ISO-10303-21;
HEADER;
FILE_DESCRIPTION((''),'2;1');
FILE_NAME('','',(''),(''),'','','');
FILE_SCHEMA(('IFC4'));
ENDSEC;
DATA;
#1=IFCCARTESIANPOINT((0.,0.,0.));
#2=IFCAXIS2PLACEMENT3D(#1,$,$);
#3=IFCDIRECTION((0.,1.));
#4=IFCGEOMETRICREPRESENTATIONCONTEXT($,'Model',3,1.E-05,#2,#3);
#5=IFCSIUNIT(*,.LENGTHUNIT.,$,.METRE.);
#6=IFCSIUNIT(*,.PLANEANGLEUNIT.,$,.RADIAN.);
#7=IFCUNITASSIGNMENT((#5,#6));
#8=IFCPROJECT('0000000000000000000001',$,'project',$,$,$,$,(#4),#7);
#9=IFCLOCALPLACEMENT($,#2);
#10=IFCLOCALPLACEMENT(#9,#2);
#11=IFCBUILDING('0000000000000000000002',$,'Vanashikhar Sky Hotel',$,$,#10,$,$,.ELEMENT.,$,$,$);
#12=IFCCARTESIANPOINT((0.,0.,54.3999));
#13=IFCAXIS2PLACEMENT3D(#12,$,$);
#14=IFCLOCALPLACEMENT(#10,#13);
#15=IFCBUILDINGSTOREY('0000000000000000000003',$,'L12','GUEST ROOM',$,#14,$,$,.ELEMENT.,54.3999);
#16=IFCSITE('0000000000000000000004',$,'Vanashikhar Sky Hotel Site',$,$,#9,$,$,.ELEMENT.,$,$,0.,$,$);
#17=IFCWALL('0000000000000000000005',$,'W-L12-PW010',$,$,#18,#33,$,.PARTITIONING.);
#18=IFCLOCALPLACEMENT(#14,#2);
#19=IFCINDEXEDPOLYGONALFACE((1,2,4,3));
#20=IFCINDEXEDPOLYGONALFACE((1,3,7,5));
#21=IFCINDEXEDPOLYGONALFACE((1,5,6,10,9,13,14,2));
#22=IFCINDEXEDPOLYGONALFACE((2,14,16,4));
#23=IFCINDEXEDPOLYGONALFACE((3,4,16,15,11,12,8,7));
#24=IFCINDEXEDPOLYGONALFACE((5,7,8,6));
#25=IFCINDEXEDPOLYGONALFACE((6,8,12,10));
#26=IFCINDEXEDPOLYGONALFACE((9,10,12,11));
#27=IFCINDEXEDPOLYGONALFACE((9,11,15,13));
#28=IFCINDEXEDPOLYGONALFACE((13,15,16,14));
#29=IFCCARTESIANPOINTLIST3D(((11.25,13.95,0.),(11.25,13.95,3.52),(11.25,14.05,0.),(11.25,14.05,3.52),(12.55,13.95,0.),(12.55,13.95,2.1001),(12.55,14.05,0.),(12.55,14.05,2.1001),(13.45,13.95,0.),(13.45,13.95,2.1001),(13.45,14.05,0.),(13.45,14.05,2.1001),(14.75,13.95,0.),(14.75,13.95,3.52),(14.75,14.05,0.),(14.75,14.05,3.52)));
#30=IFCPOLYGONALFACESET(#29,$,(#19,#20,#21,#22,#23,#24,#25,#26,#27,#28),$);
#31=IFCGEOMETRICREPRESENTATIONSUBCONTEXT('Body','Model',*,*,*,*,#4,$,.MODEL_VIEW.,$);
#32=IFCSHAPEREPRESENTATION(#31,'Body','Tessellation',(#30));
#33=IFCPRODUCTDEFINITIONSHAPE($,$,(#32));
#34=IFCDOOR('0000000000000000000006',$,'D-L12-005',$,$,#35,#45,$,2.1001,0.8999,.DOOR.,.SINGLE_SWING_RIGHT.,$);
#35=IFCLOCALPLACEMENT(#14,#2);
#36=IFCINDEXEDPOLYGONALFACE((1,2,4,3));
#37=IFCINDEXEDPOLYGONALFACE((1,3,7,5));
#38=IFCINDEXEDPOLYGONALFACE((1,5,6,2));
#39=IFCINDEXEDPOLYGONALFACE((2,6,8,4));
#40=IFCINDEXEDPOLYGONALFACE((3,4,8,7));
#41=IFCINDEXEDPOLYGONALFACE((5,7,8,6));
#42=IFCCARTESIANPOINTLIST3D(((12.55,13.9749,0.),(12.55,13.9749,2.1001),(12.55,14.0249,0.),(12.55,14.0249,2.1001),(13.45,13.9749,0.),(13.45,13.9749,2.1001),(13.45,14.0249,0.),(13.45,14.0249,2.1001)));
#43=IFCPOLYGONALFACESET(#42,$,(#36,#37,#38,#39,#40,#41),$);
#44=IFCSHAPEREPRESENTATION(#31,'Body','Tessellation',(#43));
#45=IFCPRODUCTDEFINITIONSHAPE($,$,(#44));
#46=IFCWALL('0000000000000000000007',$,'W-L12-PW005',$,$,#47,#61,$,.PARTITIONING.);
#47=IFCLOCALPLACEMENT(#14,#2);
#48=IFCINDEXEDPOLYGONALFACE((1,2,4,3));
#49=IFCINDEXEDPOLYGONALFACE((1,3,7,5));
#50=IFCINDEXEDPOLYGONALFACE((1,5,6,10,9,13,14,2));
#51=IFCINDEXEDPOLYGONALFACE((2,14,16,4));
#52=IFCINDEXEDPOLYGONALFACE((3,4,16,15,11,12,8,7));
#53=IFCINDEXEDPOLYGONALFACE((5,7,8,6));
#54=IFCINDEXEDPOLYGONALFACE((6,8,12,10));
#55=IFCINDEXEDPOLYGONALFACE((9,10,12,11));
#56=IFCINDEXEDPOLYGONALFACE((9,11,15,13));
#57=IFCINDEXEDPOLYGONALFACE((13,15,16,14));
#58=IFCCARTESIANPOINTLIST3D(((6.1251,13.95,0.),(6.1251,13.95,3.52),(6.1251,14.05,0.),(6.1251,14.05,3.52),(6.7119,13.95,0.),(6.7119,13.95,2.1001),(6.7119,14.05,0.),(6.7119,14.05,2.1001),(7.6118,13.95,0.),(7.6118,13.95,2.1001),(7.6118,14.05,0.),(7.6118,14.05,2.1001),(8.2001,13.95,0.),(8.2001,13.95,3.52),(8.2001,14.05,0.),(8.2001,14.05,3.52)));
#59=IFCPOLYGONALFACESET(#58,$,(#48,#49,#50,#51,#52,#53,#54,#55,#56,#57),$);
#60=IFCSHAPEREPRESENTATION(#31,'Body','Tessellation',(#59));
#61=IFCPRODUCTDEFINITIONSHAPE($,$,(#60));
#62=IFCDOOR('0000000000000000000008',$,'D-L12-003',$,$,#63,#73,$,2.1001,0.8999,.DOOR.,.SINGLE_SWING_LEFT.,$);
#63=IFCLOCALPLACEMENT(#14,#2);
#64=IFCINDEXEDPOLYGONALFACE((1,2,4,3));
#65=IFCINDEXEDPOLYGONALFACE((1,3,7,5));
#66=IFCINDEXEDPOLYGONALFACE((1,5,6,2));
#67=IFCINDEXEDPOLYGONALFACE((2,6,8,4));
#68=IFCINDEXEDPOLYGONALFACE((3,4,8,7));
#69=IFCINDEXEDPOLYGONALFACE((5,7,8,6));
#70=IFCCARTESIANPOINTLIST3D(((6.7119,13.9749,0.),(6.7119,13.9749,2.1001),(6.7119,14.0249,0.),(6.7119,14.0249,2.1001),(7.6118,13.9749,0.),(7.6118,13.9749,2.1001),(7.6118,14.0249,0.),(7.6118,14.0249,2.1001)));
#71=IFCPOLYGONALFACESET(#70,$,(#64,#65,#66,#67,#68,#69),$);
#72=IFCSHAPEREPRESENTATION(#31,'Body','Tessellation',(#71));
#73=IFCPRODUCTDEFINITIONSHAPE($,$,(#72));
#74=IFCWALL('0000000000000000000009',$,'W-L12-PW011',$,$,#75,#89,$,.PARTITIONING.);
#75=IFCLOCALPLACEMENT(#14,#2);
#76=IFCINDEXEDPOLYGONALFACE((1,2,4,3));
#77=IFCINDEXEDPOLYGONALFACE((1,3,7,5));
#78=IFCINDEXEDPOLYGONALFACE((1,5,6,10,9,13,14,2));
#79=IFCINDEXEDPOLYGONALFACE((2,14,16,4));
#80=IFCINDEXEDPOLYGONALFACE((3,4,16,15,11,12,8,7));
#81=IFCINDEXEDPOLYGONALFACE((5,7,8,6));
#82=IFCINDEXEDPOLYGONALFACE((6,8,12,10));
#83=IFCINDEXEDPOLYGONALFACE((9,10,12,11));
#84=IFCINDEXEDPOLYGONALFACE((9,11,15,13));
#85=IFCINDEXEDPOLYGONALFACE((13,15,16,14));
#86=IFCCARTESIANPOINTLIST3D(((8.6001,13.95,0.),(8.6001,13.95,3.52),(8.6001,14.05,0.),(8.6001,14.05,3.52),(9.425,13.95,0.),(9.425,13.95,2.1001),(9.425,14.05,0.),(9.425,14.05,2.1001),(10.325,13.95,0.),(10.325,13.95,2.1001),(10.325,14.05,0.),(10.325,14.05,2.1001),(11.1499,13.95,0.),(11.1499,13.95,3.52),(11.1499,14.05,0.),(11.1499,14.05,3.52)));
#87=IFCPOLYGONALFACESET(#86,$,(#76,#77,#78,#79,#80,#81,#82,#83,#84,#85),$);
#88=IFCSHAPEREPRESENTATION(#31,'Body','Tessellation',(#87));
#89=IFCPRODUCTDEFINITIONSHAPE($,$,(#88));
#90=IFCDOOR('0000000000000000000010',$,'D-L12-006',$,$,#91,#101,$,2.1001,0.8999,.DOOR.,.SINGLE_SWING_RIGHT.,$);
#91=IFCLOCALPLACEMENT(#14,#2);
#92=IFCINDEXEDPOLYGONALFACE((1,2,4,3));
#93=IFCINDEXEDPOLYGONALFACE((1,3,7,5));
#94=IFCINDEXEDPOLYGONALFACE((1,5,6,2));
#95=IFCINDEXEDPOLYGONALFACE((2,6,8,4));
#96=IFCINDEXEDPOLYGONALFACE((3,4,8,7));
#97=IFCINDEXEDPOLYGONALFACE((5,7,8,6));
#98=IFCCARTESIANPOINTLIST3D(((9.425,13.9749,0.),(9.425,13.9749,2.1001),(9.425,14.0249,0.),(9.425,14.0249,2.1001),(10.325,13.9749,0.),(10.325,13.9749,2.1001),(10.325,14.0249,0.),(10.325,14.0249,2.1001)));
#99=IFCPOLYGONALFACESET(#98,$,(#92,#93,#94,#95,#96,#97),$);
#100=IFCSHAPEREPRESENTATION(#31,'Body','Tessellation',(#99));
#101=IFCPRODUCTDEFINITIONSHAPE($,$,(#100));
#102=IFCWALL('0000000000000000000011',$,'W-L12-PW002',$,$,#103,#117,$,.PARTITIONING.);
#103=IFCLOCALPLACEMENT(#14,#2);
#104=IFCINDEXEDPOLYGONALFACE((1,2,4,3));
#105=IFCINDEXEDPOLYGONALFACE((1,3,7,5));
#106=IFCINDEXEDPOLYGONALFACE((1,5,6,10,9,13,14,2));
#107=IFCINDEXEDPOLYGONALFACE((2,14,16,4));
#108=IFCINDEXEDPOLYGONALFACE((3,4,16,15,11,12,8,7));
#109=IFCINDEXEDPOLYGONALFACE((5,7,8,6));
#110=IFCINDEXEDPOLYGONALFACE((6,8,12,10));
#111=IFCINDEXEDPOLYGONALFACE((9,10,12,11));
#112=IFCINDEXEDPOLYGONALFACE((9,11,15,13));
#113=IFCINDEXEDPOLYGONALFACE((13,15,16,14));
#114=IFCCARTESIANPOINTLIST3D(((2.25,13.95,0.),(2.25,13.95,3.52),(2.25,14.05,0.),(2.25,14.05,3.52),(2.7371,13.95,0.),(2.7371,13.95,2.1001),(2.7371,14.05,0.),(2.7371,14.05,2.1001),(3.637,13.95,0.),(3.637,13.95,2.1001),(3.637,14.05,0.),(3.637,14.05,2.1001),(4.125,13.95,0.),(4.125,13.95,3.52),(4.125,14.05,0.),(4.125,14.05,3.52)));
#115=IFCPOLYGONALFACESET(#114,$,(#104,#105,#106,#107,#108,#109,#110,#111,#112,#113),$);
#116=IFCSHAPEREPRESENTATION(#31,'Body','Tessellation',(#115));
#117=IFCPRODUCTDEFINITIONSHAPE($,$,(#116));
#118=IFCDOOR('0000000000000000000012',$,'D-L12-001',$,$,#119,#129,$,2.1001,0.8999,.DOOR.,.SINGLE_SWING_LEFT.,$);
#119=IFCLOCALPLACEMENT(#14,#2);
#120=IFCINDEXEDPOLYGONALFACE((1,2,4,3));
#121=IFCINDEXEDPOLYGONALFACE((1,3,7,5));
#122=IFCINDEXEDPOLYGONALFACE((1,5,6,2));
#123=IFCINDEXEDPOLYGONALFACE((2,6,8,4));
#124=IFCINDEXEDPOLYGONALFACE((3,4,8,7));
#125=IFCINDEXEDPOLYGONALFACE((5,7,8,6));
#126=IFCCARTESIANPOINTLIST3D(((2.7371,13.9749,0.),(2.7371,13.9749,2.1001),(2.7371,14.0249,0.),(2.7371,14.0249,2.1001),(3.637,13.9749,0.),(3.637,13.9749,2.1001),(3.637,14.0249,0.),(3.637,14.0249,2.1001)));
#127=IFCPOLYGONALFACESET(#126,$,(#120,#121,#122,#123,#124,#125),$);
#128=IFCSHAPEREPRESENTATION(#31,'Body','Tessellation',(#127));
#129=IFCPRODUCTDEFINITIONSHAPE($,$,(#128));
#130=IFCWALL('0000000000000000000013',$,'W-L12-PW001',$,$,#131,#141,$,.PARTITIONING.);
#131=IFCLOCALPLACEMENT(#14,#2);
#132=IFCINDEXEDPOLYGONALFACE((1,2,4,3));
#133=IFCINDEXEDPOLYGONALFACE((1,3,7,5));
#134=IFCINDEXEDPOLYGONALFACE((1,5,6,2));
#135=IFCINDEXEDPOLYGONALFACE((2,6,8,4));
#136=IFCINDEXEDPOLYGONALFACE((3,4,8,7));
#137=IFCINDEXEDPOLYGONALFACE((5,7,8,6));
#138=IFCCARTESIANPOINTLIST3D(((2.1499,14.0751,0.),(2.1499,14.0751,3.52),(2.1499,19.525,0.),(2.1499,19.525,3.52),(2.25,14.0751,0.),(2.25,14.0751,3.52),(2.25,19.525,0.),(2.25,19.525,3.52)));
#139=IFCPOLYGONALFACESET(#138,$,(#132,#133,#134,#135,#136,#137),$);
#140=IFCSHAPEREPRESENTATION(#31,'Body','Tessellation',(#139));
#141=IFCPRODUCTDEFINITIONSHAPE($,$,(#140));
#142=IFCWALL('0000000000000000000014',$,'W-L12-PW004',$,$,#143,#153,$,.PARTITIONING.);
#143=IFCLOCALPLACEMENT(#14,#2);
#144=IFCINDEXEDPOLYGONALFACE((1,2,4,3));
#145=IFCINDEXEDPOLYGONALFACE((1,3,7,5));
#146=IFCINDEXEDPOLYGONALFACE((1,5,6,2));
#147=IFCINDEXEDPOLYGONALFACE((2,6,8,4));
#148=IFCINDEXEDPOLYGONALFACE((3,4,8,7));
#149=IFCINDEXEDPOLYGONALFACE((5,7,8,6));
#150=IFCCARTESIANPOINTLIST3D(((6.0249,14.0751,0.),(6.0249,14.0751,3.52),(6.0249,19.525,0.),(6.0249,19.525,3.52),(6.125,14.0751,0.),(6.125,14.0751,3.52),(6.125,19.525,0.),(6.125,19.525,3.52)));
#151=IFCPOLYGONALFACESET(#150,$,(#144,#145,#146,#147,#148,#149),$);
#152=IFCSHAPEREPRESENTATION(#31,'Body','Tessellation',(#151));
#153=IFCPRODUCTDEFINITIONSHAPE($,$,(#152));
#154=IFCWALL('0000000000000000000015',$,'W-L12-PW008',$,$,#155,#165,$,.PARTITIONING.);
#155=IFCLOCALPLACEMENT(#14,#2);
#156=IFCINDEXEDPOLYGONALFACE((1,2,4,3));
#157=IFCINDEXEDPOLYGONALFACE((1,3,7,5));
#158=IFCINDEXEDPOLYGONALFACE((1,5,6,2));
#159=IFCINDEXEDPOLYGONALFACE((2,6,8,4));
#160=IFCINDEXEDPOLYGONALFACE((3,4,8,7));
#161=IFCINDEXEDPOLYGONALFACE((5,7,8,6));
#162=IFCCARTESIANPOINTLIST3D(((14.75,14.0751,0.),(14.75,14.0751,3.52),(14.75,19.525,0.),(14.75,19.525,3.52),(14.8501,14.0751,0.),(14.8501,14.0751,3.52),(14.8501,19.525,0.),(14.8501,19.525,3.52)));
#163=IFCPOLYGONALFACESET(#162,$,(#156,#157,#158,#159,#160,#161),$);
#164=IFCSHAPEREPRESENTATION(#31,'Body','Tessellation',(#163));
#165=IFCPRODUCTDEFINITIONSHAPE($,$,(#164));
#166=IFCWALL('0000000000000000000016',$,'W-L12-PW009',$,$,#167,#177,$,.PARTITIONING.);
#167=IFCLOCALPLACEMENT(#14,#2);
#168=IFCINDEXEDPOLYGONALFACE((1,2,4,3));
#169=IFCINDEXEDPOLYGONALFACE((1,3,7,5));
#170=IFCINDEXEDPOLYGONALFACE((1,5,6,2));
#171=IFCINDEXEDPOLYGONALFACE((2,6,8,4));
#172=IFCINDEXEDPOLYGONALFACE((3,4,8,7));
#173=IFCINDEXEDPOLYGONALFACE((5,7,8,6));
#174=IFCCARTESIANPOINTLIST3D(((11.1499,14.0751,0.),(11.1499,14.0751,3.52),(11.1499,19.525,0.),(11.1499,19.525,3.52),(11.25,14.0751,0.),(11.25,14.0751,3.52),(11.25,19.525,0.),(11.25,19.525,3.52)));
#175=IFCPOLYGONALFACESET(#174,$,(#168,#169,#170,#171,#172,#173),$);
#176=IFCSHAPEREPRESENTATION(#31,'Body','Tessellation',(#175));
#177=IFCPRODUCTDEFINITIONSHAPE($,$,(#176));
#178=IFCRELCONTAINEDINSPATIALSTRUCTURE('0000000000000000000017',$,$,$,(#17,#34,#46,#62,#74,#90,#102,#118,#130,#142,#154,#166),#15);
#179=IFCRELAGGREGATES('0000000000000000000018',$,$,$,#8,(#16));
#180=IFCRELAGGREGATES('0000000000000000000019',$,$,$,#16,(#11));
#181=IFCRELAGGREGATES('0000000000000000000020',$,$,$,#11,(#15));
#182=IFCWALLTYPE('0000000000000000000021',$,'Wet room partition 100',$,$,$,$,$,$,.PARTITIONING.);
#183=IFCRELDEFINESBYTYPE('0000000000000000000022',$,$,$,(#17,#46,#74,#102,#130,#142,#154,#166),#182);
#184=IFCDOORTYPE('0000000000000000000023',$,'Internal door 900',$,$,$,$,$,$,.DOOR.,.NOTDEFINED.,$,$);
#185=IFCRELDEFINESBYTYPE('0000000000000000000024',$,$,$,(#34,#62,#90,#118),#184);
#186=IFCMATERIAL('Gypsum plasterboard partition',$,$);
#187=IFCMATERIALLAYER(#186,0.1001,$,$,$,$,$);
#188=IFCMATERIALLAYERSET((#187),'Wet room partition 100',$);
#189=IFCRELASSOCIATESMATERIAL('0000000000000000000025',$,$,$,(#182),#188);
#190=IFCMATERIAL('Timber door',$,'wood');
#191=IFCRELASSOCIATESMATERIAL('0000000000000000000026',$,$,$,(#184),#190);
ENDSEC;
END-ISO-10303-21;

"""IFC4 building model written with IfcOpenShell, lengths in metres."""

from ifc_helpers import new_model, si_unit, direction, frame, frame_2d, origin, place, context, subcontext, project, spatial, rectangle, extrude, source, transform, mapped, material, layer, layer_set, type_object, element, fill, save


model = new_model("IFC4")

# Units and contexts
model_context = context("Model", 3, precision=1e-05, world=origin(), true_north=direction((0.0, 1.0)))
body_context = subcontext(model_context, "Body", "Model", "MODEL_VIEW")
ifc_project = project(units=[si_unit("LENGTHUNIT", "METRE"), si_unit("PLANEANGLEUNIT", "RADIAN")], contexts=[model_context])

# Site, building, storey
site_placement = place(None, origin())
site = spatial("IfcSite", under=ifc_project, at=site_placement, Name="Vanashikhar Sky Hotel Site", CompositionType="ELEMENT", RefElevation=0.0)
building_placement = place(site_placement, origin())
building = spatial("IfcBuilding", under=site, at=building_placement, Name="Vanashikhar Sky Hotel", CompositionType="ELEMENT")
storey_placement = place(building_placement, frame((0.0, 0.0, 54.3999)))
storey = spatial("IfcBuildingStorey", under=building, at=storey_placement, Name="L12", Description="GUEST ROOM", CompositionType="ELEMENT", Elevation=54.3999)

# Shared definitions
ifc_material_1 = material(Name="Gypsum plasterboard partition")

# Walls, openings, doors
ifc_layer_1 = layer(ifc_material_1, 0.1001)
ifc_layer_set_1 = layer_set([ifc_layer_1], Name="Wet room partition 100")
wall_type_1 = type_object("IfcWallType", Name="Wet room partition 100", PredefinedType="PARTITIONING", material=ifc_layer_set_1)
shared_shape_1 = source(origin(), body_context, "Body", "SweptSolid", [
    extrude(rectangle(XDim=3.5, YDim=0.1001, at=frame_2d((1.75, 0.0))), origin(), (0.0, 0.0, 1.0), 3.52),
])
wall_1_placement = place(storey_placement, frame((11.25, 14.0, 0.0), z_axis=(0.0, 0.0, 1.0), x_axis=(1.0, 0.0, 0.0)))
wall_1 = element("IfcWall", 1, at=wall_1_placement, inside=storey, type_object=wall_type_1, Name="W-L12-PW010", PredefinedType="PARTITIONING", context=body_context, shape_type="MappedRepresentation", body=[
    mapped(shared_shape_1, transform((0.0, 0.0, 0.0), scale=1.0)),
])
shared_shape_2 = source(origin(), body_context, "Body", "SweptSolid", [
    extrude(rectangle(XDim=0.8999, YDim=2.1001, at=frame_2d((0.45, 1.05))), frame((0.0, 0.0601, 0.0), z_axis=(0.0, -1.0, 0.0), x_axis=(1.0, 0.0, 0.0)), (0.0, 0.0, 1.0), 0.1201),
])
opening_1_placement = place(wall_1_placement, frame((1.3, 0.0, 0.0)))
opening_1 = element("IfcOpeningElement", 2, at=opening_1_placement, cuts=wall_1, PredefinedType="OPENING", context=body_context, shape_type="MappedRepresentation", body=[
    mapped(shared_shape_2, transform((0.0, 0.0, 0.0), scale=1.0)),
])
ifc_material_2 = material(Name="Timber door", Category="wood")
door_type = type_object("IfcDoorType", Name="Internal door 900", OperationType="NOTDEFINED", PredefinedType="DOOR", material=ifc_material_2)
shared_shape_3 = source(origin(), body_context, "Body", "SweptSolid", [
    extrude(rectangle(XDim=0.8999, YDim=2.1001, at=frame_2d((0.45, 1.05))), frame((0.0, 0.0249, 0.0), z_axis=(0.0, -1.0, 0.0), x_axis=(1.0, 0.0, 0.0)), (0.0, 0.0, 1.0), 0.05),
])
door_1_placement = place(opening_1_placement, origin())
door_1 = element("IfcDoor", 3, at=door_1_placement, inside=storey, type_object=door_type, Name="D-L12-005", OperationType="SINGLE_SWING_RIGHT", OverallHeight=2.1001, OverallWidth=0.8999, PredefinedType="DOOR", context=body_context, shape_type="MappedRepresentation", body=[
    mapped(shared_shape_3, transform((0.0, 0.0, 0.0), scale=1.0)),
])
fill(opening_1, door_1)
shared_shape_4 = source(origin(), body_context, "Body", "SweptSolid", [
    extrude(rectangle(XDim=2.075, YDim=0.1001, at=frame_2d((1.0376, 0.0))), origin(), (0.0, 0.0, 1.0), 3.52),
])
wall_2_placement = place(storey_placement, frame((6.125, 14.0, 0.0), z_axis=(0.0, 0.0, 1.0), x_axis=(1.0, 0.0, 0.0)))
wall_2 = element("IfcWall", 4, at=wall_2_placement, inside=storey, type_object=wall_type_1, Name="W-L12-PW005", PredefinedType="PARTITIONING", context=body_context, shape_type="MappedRepresentation", body=[
    mapped(shared_shape_4, transform((0.0, 0.0, 0.0), scale=1.0)),
])
opening_2_placement = place(wall_2_placement, frame((0.5869, 0.0, 0.0)))
opening_2 = element("IfcOpeningElement", 5, at=opening_2_placement, cuts=wall_2, PredefinedType="OPENING", context=body_context, shape_type="MappedRepresentation", body=[
    mapped(shared_shape_2, transform((0.0, 0.0, 0.0), scale=1.0)),
])
door_2_placement = place(opening_2_placement, origin())
door_2 = element("IfcDoor", 6, at=door_2_placement, inside=storey, type_object=door_type, Name="D-L12-003", OperationType="SINGLE_SWING_LEFT", OverallHeight=2.1001, OverallWidth=0.8999, PredefinedType="DOOR", context=body_context, shape_type="MappedRepresentation", body=[
    mapped(shared_shape_3, transform((0.0, 0.0, 0.0), scale=1.0)),
])
fill(opening_2, door_2)
shared_shape_5 = source(origin(), body_context, "Body", "SweptSolid", [
    extrude(rectangle(XDim=2.5498, YDim=0.1001, at=frame_2d((1.2749, 0.0))), origin(), (0.0, 0.0, 1.0), 3.52),
])
wall_3_placement = place(storey_placement, frame((8.6001, 14.0, 0.0), z_axis=(0.0, 0.0, 1.0), x_axis=(1.0, 0.0, 0.0)))
wall_3 = element("IfcWall", 7, at=wall_3_placement, inside=storey, type_object=wall_type_1, Name="W-L12-PW011", PredefinedType="PARTITIONING", context=body_context, shape_type="MappedRepresentation", body=[
    mapped(shared_shape_5, transform((0.0, 0.0, 0.0), scale=1.0)),
])
opening_3_placement = place(wall_3_placement, frame((0.825, 0.0, 0.0)))
opening_3 = element("IfcOpeningElement", 8, at=opening_3_placement, cuts=wall_3, PredefinedType="OPENING", context=body_context, shape_type="MappedRepresentation", body=[
    mapped(shared_shape_2, transform((0.0, 0.0, 0.0), scale=1.0)),
])
door_3_placement = place(opening_3_placement, origin())
door_3 = element("IfcDoor", 9, at=door_3_placement, inside=storey, type_object=door_type, Name="D-L12-006", OperationType="SINGLE_SWING_RIGHT", OverallHeight=2.1001, OverallWidth=0.8999, PredefinedType="DOOR", context=body_context, shape_type="MappedRepresentation", body=[
    mapped(shared_shape_3, transform((0.0, 0.0, 0.0), scale=1.0)),
])
fill(opening_3, door_3)
shared_shape_6 = source(origin(), body_context, "Body", "SweptSolid", [
    extrude(rectangle(XDim=1.875, YDim=0.1001, at=frame_2d((0.9375, 0.0))), origin(), (0.0, 0.0, 1.0), 3.52),
])
wall_4_placement = place(storey_placement, frame((2.25, 14.0, 0.0), z_axis=(0.0, 0.0, 1.0), x_axis=(1.0, 0.0, 0.0)))
wall_4 = element("IfcWall", 10, at=wall_4_placement, inside=storey, type_object=wall_type_1, Name="W-L12-PW002", PredefinedType="PARTITIONING", context=body_context, shape_type="MappedRepresentation", body=[
    mapped(shared_shape_6, transform((0.0, 0.0, 0.0), scale=1.0)),
])
opening_4_placement = place(wall_4_placement, frame((0.4871, 0.0, 0.0)))
opening_4 = element("IfcOpeningElement", 11, at=opening_4_placement, cuts=wall_4, PredefinedType="OPENING", context=body_context, shape_type="MappedRepresentation", body=[
    mapped(shared_shape_2, transform((0.0, 0.0, 0.0), scale=1.0)),
])
door_4_placement = place(opening_4_placement, origin())
door_4 = element("IfcDoor", 12, at=door_4_placement, inside=storey, type_object=door_type, Name="D-L12-001", OperationType="SINGLE_SWING_LEFT", OverallHeight=2.1001, OverallWidth=0.8999, PredefinedType="DOOR", context=body_context, shape_type="MappedRepresentation", body=[
    mapped(shared_shape_3, transform((0.0, 0.0, 0.0), scale=1.0)),
])
fill(opening_4, door_4)

# Walls
shared_shape_7 = source(origin(), body_context, "Body", "SweptSolid", [
    extrude(rectangle(XDim=5.45, YDim=0.1001, at=frame_2d((2.7251, 0.0))), origin(), (0.0, 0.0, 1.0), 3.52),
])
for number, where, z_axis, x_axis, name in (
    (13, (2.2, 14.075, 0.0), (0.0, 0.0, 1.0), (0.0, 1.0, 0.0), "W-L12-PW001"),
    (14, (6.075, 14.075, 0.0), (0.0, 0.0, 1.0), (0.0, 1.0, 0.0), "W-L12-PW004"),
    (15, (14.8, 14.075, 0.0), (0.0, 0.0, 1.0), (0.0, 1.0, 0.0), "W-L12-PW008"),
    (16, (11.2, 14.075, 0.0), (0.0, 0.0, 1.0), (0.0, 1.0, 0.0), "W-L12-PW009"),
):
    element("IfcWall", number, at=place(storey_placement, frame(where, z_axis=z_axis, x_axis=x_axis)), inside=storey, type_object=wall_type_1, Name=name, PredefinedType="PARTITIONING", context=body_context, shape_type="MappedRepresentation", body=[
        mapped(shared_shape_7, transform((0.0, 0.0, 0.0), scale=1.0)),
    ])

save(model, "model.ifc")
